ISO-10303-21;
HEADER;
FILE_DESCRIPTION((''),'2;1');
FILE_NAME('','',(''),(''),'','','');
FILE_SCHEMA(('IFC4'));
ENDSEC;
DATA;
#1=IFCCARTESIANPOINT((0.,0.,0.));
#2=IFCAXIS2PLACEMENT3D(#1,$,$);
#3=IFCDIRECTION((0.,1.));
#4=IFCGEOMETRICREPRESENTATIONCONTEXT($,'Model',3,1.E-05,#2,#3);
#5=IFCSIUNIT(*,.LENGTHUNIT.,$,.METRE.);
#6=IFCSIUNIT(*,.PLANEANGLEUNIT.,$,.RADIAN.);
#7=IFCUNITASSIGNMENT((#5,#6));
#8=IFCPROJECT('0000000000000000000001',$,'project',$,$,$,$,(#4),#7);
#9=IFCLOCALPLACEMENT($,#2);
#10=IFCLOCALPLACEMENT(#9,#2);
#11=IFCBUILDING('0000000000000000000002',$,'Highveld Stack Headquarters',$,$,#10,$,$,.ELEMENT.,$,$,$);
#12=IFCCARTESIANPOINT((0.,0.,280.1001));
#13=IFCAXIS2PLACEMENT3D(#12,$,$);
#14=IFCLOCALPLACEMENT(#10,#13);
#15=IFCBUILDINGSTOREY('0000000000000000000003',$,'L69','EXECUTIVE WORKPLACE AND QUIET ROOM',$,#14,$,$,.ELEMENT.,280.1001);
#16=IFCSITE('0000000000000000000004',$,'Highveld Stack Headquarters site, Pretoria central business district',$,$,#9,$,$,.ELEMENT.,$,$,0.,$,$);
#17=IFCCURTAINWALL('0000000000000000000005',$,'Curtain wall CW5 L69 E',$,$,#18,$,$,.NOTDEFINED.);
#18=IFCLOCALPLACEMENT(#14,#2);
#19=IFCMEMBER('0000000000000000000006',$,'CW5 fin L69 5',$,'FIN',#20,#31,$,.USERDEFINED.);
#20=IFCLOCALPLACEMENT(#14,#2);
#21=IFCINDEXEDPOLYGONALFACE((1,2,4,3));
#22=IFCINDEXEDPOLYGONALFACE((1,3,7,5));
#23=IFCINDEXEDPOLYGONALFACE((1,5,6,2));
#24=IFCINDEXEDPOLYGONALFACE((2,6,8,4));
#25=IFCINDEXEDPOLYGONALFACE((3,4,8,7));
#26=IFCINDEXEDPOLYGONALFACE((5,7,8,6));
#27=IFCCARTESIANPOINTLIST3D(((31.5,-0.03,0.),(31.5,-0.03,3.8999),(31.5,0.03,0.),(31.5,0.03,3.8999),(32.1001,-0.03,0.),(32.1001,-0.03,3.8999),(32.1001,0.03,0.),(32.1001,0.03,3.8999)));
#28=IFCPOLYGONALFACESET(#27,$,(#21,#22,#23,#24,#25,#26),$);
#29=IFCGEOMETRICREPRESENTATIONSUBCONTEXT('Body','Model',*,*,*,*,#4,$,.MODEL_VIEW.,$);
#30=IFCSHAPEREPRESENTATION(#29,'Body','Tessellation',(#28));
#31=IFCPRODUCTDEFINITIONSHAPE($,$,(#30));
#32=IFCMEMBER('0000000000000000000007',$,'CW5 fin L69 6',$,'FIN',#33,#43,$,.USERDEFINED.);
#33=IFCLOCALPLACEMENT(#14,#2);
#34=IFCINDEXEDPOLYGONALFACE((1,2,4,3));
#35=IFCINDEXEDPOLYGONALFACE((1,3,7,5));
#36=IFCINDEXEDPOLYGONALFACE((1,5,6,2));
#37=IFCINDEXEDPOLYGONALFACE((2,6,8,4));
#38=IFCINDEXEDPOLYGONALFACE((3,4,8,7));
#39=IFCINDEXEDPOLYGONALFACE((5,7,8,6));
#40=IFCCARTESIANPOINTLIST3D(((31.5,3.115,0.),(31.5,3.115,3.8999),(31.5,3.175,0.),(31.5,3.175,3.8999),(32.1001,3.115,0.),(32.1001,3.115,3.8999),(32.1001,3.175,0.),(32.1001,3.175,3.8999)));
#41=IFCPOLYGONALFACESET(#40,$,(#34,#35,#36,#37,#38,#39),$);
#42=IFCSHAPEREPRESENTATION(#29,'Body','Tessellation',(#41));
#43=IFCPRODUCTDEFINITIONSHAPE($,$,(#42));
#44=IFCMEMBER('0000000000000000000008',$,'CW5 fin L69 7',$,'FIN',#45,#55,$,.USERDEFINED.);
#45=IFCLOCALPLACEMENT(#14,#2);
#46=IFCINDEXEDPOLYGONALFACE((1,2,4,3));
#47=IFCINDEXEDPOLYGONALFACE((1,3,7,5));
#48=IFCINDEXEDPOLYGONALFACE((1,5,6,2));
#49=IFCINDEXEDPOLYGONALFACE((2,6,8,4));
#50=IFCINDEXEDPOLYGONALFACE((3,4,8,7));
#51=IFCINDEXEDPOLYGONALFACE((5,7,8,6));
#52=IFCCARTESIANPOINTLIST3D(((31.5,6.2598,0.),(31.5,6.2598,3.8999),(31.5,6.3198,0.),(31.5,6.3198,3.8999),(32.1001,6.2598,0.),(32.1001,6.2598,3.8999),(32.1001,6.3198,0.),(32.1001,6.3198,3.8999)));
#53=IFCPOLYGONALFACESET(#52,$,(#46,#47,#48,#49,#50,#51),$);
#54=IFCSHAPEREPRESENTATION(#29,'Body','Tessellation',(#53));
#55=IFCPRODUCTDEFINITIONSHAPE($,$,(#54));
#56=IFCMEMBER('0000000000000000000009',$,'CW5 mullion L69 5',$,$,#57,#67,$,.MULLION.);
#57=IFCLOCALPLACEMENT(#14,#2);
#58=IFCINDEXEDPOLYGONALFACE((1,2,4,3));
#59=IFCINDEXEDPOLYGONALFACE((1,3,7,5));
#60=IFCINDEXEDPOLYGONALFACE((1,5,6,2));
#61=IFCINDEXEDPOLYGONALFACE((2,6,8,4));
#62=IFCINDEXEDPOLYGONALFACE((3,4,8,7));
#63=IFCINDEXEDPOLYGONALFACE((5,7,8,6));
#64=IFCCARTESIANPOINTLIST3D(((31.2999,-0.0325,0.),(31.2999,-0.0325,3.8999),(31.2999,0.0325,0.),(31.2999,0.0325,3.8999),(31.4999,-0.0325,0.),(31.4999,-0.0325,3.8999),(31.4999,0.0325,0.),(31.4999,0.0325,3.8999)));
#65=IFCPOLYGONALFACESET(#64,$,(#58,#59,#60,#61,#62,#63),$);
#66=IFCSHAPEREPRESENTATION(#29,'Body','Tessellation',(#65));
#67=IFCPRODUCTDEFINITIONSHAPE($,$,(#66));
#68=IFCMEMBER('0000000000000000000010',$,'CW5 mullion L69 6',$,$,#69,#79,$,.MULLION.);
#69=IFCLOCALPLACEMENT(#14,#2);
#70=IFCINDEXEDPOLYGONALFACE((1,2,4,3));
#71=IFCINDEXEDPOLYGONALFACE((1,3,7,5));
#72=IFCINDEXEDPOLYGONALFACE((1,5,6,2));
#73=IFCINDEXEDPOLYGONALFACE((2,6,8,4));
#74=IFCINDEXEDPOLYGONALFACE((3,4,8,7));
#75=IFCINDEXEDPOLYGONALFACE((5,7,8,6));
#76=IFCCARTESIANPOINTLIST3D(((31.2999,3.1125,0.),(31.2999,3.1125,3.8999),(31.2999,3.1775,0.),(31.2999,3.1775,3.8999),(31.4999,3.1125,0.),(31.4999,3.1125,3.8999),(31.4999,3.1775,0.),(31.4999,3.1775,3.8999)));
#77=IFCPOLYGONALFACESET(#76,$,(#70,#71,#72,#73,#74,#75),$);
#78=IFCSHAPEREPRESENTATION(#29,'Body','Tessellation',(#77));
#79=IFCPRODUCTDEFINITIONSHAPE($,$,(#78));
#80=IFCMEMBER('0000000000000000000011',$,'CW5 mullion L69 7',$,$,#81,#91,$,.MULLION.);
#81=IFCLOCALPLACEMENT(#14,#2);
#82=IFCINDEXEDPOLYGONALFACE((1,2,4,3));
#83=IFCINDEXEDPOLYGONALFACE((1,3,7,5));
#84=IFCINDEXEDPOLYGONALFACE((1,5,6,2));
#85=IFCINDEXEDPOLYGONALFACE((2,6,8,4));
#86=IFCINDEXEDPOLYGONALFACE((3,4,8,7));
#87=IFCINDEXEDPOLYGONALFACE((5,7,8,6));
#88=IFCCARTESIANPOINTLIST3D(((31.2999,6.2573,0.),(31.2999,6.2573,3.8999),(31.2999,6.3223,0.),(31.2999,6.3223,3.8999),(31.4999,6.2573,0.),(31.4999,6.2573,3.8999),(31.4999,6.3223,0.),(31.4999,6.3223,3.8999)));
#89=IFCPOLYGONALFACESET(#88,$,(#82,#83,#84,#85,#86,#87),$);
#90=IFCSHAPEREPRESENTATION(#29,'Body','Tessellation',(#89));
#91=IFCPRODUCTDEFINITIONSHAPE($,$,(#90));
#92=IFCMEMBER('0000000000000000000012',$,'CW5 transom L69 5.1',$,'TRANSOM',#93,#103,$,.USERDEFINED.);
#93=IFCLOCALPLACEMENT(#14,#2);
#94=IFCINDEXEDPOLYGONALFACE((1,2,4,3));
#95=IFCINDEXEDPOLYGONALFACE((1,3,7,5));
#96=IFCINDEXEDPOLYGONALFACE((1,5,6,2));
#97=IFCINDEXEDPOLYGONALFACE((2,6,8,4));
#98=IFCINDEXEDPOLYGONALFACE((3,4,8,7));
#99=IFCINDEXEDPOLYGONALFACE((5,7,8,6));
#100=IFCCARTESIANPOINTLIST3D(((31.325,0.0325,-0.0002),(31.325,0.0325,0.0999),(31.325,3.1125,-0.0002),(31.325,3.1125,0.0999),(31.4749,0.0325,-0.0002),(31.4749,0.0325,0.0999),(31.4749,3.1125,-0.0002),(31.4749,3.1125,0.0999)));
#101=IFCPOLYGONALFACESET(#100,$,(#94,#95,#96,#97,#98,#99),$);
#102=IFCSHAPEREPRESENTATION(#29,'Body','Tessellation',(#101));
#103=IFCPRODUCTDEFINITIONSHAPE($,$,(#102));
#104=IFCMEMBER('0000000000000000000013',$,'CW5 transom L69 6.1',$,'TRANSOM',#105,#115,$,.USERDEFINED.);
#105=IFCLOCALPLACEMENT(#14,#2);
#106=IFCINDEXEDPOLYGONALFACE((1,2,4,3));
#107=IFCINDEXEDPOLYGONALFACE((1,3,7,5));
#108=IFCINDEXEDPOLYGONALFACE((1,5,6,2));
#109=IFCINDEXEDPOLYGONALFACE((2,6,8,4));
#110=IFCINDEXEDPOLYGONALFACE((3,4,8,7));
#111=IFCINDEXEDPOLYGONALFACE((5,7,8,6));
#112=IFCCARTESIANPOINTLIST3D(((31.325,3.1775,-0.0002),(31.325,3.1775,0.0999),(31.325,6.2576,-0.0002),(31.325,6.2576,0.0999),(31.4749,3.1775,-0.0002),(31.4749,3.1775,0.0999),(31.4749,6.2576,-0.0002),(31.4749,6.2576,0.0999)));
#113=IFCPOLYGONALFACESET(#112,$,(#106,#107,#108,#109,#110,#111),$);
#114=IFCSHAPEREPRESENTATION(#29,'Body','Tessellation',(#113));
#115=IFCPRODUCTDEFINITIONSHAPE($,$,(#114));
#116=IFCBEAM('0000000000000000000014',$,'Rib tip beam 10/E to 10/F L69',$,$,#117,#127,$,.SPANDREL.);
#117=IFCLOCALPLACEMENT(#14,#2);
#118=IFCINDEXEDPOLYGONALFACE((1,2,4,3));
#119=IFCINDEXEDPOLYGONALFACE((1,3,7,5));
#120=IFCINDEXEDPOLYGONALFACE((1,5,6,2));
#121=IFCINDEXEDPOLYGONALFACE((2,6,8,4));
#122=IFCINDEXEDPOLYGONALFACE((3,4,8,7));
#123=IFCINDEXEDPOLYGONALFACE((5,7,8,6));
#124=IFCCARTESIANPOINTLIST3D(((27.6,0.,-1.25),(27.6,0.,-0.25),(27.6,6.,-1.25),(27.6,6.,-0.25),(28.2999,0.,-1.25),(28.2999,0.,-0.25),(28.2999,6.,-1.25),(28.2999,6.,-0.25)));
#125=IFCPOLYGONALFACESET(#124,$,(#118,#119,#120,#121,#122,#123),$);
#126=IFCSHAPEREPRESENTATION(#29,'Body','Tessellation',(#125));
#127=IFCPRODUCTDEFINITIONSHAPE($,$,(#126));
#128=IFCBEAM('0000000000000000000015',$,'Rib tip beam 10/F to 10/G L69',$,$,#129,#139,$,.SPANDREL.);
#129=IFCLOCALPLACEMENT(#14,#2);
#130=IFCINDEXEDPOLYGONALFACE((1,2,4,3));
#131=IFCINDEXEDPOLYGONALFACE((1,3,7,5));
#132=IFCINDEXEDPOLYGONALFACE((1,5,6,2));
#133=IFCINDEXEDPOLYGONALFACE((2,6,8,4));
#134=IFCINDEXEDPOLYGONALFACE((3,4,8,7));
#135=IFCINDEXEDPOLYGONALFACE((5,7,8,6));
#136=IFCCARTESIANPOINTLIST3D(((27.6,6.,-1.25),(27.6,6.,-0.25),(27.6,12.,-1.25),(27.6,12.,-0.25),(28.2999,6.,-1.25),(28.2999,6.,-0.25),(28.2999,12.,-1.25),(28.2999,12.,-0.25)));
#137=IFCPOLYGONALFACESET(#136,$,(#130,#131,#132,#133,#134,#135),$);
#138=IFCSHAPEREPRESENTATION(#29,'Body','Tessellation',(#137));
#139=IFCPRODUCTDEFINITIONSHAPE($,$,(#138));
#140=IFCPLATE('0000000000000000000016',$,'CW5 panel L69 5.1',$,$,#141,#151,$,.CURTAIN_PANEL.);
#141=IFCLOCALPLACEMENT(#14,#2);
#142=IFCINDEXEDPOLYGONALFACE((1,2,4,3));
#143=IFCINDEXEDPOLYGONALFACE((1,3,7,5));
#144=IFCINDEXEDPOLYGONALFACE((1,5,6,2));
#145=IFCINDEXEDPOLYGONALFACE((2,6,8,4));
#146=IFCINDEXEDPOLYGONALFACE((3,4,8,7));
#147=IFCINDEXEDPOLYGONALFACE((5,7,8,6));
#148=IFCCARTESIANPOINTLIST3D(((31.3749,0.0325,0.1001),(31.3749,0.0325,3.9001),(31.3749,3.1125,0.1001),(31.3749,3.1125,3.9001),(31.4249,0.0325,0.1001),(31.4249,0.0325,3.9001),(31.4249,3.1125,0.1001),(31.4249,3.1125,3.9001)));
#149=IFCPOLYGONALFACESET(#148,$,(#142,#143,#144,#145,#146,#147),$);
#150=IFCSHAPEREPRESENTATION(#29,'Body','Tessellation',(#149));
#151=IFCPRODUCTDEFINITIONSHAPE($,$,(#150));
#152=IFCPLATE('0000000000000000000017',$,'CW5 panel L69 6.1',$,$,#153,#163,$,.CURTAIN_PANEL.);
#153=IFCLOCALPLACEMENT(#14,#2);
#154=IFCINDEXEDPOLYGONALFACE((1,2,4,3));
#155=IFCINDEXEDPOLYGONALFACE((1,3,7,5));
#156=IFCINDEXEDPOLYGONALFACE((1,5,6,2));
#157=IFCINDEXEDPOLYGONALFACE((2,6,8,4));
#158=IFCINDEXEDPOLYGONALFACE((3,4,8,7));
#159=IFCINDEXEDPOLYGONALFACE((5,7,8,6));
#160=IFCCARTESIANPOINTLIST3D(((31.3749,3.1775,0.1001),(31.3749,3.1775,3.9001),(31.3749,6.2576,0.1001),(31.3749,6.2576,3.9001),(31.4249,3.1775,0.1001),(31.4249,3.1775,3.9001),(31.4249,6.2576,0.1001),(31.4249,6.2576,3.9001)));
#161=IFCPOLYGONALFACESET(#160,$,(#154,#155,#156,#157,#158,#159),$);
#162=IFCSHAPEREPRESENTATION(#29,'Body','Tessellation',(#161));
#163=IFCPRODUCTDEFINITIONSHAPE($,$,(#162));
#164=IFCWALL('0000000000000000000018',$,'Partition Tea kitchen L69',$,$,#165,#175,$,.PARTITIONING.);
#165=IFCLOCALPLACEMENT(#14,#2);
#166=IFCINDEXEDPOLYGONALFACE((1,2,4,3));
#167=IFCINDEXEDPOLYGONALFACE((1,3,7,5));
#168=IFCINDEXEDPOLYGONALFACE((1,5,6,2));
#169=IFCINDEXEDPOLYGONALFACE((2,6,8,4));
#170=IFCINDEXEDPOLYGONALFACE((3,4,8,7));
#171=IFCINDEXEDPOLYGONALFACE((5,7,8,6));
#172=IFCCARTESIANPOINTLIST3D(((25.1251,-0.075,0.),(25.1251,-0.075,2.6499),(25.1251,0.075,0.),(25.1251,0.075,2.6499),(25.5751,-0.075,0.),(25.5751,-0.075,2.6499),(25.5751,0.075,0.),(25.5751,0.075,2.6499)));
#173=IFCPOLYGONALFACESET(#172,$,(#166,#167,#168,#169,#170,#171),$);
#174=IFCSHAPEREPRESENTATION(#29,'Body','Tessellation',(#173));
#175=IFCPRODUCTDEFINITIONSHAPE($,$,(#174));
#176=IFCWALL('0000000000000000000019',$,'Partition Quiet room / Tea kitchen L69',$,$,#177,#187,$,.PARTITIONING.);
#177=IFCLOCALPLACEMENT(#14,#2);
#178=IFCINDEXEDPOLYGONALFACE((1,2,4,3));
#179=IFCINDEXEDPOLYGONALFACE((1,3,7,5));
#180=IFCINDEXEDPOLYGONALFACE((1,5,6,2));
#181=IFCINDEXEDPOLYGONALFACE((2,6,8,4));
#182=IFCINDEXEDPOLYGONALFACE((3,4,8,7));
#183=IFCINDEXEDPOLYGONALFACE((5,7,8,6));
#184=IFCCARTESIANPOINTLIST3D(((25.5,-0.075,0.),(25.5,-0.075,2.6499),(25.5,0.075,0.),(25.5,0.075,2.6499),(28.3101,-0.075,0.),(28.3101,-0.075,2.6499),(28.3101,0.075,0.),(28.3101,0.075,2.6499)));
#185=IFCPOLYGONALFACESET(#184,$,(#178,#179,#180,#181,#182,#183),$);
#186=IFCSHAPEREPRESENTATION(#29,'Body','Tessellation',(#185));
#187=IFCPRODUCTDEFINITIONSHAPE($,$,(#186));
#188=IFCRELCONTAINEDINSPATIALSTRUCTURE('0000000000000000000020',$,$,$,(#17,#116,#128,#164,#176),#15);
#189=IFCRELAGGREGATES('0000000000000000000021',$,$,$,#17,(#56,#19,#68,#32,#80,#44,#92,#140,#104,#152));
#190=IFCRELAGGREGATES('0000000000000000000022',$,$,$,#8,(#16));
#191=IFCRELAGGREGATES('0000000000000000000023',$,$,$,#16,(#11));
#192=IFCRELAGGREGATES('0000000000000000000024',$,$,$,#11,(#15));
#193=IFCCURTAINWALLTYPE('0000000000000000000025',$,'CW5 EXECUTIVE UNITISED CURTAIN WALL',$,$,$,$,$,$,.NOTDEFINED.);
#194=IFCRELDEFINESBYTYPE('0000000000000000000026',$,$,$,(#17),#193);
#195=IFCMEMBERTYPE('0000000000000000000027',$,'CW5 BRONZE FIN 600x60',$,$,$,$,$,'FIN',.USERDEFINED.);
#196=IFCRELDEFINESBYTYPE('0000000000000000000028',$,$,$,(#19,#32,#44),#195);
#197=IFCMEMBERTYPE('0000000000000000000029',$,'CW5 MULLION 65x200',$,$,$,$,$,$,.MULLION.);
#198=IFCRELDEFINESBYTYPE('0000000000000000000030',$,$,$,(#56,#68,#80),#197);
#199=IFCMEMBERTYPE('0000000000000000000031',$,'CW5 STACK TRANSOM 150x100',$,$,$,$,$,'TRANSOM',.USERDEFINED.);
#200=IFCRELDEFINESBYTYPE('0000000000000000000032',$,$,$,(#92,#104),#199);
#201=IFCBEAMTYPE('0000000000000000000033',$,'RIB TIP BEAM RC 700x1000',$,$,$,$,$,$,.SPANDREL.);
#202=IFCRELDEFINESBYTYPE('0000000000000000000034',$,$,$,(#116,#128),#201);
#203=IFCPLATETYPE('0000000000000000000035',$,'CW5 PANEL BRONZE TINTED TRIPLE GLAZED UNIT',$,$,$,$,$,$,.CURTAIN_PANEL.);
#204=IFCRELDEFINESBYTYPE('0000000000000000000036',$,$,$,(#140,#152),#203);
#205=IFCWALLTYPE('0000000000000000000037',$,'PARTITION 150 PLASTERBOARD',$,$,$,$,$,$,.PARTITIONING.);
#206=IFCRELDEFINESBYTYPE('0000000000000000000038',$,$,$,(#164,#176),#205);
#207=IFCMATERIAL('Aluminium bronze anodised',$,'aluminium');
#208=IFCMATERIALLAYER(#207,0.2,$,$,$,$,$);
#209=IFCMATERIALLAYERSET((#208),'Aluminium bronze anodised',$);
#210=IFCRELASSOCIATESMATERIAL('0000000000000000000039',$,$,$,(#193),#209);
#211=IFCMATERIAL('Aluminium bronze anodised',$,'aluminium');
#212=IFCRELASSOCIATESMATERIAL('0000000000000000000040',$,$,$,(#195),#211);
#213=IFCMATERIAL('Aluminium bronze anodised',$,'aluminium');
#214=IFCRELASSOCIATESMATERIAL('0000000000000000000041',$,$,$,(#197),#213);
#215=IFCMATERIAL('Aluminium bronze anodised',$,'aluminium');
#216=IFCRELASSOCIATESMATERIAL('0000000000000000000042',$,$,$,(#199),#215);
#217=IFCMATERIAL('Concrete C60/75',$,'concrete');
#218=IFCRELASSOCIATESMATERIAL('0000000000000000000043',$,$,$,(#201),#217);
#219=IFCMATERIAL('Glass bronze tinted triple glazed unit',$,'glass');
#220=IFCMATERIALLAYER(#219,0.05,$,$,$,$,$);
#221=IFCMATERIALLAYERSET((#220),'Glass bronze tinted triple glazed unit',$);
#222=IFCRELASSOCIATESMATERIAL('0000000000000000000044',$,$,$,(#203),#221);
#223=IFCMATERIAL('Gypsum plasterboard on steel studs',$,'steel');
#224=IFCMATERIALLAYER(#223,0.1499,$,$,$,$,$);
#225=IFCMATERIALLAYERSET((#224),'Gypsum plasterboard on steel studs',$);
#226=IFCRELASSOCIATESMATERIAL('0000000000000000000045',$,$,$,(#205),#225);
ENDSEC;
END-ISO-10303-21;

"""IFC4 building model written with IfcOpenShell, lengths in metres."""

from ifc_helpers import new_model, si_unit, direction, frame, frame_2d, origin, origin_2d, place, context, subcontext, project, spatial, rectangle, extrude, material, layer, layer_set, material_profile, profile_set, type_object, element, aggregate, save


model = new_model("IFC4")

# Units and contexts
model_context = context("Model", 3, precision=1e-05, world=origin(), true_north=direction((0.0, 1.0)))
body_context = subcontext(model_context, "Body", "Model", "MODEL_VIEW")
ifc_project = project(units=[si_unit("LENGTHUNIT", "METRE"), si_unit("PLANEANGLEUNIT", "RADIAN")], contexts=[model_context])

# Site, building, storey
site_placement = place(None, origin())
site = spatial("IfcSite", under=ifc_project, at=site_placement, Name="Highveld Stack Headquarters site, Pretoria central business district", CompositionType="ELEMENT", RefElevation=0.0)
building_placement = place(site_placement, origin())
building = spatial("IfcBuilding", under=site, at=building_placement, Name="Highveld Stack Headquarters", CompositionType="ELEMENT")
storey_placement = place(building_placement, frame((0.0, 0.0, 280.1001)))
storey = spatial("IfcBuildingStorey", under=building, at=storey_placement, Name="L69", Description="EXECUTIVE WORKPLACE AND QUIET ROOM", CompositionType="ELEMENT", Elevation=280.1001)

# Curtain wall, members
ifc_material_1 = material(Name="Aluminium bronze anodised", Category="aluminium")
ifc_layer_1 = layer(ifc_material_1, 0.2)
ifc_layer_set_1 = layer_set([ifc_layer_1], Name="Aluminium bronze anodised")
curtain_wall_type = type_object("IfcCurtainWallType", Name="CW5 EXECUTIVE UNITISED CURTAIN WALL", PredefinedType="NOTDEFINED", material=ifc_layer_set_1)
curtain_wall_placement = place(storey_placement, origin())
curtain_wall = element("IfcCurtainWall", 1, at=curtain_wall_placement, inside=storey, type_object=curtain_wall_type, Name="Curtain wall CW5 L69 E", PredefinedType="NOTDEFINED")
ifc_material_2 = material(Name="Aluminium bronze anodised", Category="aluminium")
ifc_material_profile_1 = material_profile(ifc_material_2, rectangle(XDim=0.6001, YDim=0.0601, at=origin_2d()), Name="FIN 600x60")
ifc_profile_set_1 = profile_set([ifc_material_profile_1], Name="Aluminium bronze anodised")
member_type_1 = type_object("IfcMemberType", Name="CW5 BRONZE FIN 600x60", ElementType="FIN", PredefinedType="USERDEFINED", material=ifc_profile_set_1)
member_1_placement = place(storey_placement, frame((31.8, 0.0, 0.0), z_axis=(0.0, 0.0, 1.0), x_axis=(-1.0, 0.0, 0.0)))
member_1 = element("IfcMember", 2, at=member_1_placement, type_object=member_type_1, Name="CW5 fin L69 5", ObjectType="FIN", PredefinedType="USERDEFINED", context=body_context, shape_type="SweptSolid", body=[
    extrude(rectangle(XDim=0.6001, YDim=0.0601, at=origin_2d()), origin(), (0.0, 0.0, 1.0), 3.8999),
])
member_2_placement = place(storey_placement, frame((31.8, 3.145, 0.0), z_axis=(0.0, 0.0, 1.0), x_axis=(-1.0, 0.0, 0.0)))
member_2 = element("IfcMember", 3, at=member_2_placement, type_object=member_type_1, Name="CW5 fin L69 6", ObjectType="FIN", PredefinedType="USERDEFINED", context=body_context, shape_type="SweptSolid", body=[
    extrude(rectangle(XDim=0.6001, YDim=0.0601, at=origin_2d()), origin(), (0.0, 0.0, 1.0), 3.8999),
])
member_3_placement = place(storey_placement, frame((31.8, 6.2898, 0.0), z_axis=(0.0, 0.0, 1.0), x_axis=(-1.0, 0.0, 0.0)))
member_3 = element("IfcMember", 4, at=member_3_placement, type_object=member_type_1, Name="CW5 fin L69 7", ObjectType="FIN", PredefinedType="USERDEFINED", context=body_context, shape_type="SweptSolid", body=[
    extrude(rectangle(XDim=0.6001, YDim=0.0601, at=origin_2d()), origin(), (0.0, 0.0, 1.0), 3.8999),
])
ifc_material_3 = material(Name="Aluminium bronze anodised", Category="aluminium")
ifc_material_profile_2 = material_profile(ifc_material_3, rectangle(XDim=0.2, YDim=0.0649, at=origin_2d()), Name="CW5 MULLION 65x200")
ifc_profile_set_2 = profile_set([ifc_material_profile_2], Name="Aluminium bronze anodised")
member_type_2 = type_object("IfcMemberType", Name="CW5 MULLION 65x200", PredefinedType="MULLION", material=ifc_profile_set_2)
member_4_placement = place(storey_placement, frame((31.3999, 0.0, 0.0), z_axis=(0.0, 0.0, 1.0), x_axis=(-1.0, 0.0, 0.0)))
member_4 = element("IfcMember", 5, at=member_4_placement, type_object=member_type_2, Name="CW5 mullion L69 5", PredefinedType="MULLION", context=body_context, shape_type="SweptSolid", body=[
    extrude(rectangle(XDim=0.2, YDim=0.0649, at=origin_2d()), origin(), (0.0, 0.0, 1.0), 3.8999),
])
member_5_placement = place(storey_placement, frame((31.3999, 3.145, 0.0), z_axis=(0.0, 0.0, 1.0), x_axis=(-1.0, 0.0, 0.0)))
member_5 = element("IfcMember", 6, at=member_5_placement, type_object=member_type_2, Name="CW5 mullion L69 6", PredefinedType="MULLION", context=body_context, shape_type="SweptSolid", body=[
    extrude(rectangle(XDim=0.2, YDim=0.0649, at=origin_2d()), origin(), (0.0, 0.0, 1.0), 3.8999),
])
member_6_placement = place(storey_placement, frame((31.3999, 6.2898, 0.0), z_axis=(0.0, 0.0, 1.0), x_axis=(-1.0, 0.0, 0.0)))
member_6 = element("IfcMember", 7, at=member_6_placement, type_object=member_type_2, Name="CW5 mullion L69 7", PredefinedType="MULLION", context=body_context, shape_type="SweptSolid", body=[
    extrude(rectangle(XDim=0.2, YDim=0.0649, at=origin_2d()), origin(), (0.0, 0.0, 1.0), 3.8999),
])
ifc_material_4 = material(Name="Aluminium bronze anodised", Category="aluminium")
ifc_material_profile_3 = material_profile(ifc_material_4, rectangle(XDim=0.1499, YDim=0.1001, at=origin_2d()), Name="CW5 TRANSOM 150x100")
ifc_profile_set_3 = profile_set([ifc_material_profile_3], Name="Aluminium bronze anodised")
member_type_3 = type_object("IfcMemberType", Name="CW5 STACK TRANSOM 150x100", ElementType="TRANSOM", PredefinedType="USERDEFINED", material=ifc_profile_set_3)
member_7_placement = place(storey_placement, frame((31.3999, 0.0325, 0.0498), z_axis=(0.0, 1.0, 0.0), x_axis=(-1.0, 0.0, 0.0)))
member_7 = element("IfcMember", 8, at=member_7_placement, type_object=member_type_3, Name="CW5 transom L69 5.1", ObjectType="TRANSOM", PredefinedType="USERDEFINED", context=body_context, shape_type="SweptSolid", body=[
    extrude(rectangle(XDim=0.1499, YDim=0.1001, at=origin_2d()), origin(), (0.0, 0.0, 1.0), 3.0801),
])
member_8_placement = place(storey_placement, frame((31.3999, 3.1775, 0.0498), z_axis=(0.0, 1.0, 0.0), x_axis=(-1.0, 0.0, 0.0)))
member_8 = element("IfcMember", 9, at=member_8_placement, type_object=member_type_3, Name="CW5 transom L69 6.1", ObjectType="TRANSOM", PredefinedType="USERDEFINED", context=body_context, shape_type="SweptSolid", body=[
    extrude(rectangle(XDim=0.1499, YDim=0.1001, at=origin_2d()), origin(), (0.0, 0.0, 1.0), 3.0801),
])

# Beams
ifc_material_5 = material(Name="Concrete C60/75", Category="concrete")
ifc_material_profile_4 = material_profile(ifc_material_5, rectangle(XDim=0.7, YDim=1.0, at=origin_2d()), Name="RC 700x1000")
ifc_profile_set_4 = profile_set([ifc_material_profile_4], Name="Concrete C60/75")
beam_type = type_object("IfcBeamType", Name="RIB TIP BEAM RC 700x1000", PredefinedType="SPANDREL", material=ifc_profile_set_4)
for number, where, z_axis, x_axis, name in (
    (10, (27.95, 0.0, -0.75), (0.0, 1.0, 0.0), (-1.0, 0.0, 0.0), "Rib tip beam 10/E to 10/F L69"),
    (11, (27.95, 6.0, -0.75), (0.0, 1.0, 0.0), (-1.0, 0.0, 0.0), "Rib tip beam 10/F to 10/G L69"),
):
    element("IfcBeam", number, at=place(storey_placement, frame(where, z_axis=z_axis, x_axis=x_axis)), inside=storey, type_object=beam_type, Name=name, PredefinedType="SPANDREL", context=body_context, shape_type="SweptSolid", body=[
        extrude(rectangle(XDim=0.7, YDim=1.0, at=origin_2d()), origin(), (0.0, 0.0, 1.0), 6.0),
    ])

# Plates
ifc_material_6 = material(Name="Glass bronze tinted triple glazed unit", Category="glass")
ifc_layer_2 = layer(ifc_material_6, 0.05)
ifc_layer_set_2 = layer_set([ifc_layer_2], Name="Glass bronze tinted triple glazed unit")
plate_type = type_object("IfcPlateType", Name="CW5 PANEL BRONZE TINTED TRIPLE GLAZED UNIT", PredefinedType="CURTAIN_PANEL", material=ifc_layer_set_2)
plate_1_placement = place(storey_placement, frame((31.3999, 1.5725, 0.1001), z_axis=(0.0, 0.0, 1.0), x_axis=(0.0, 1.0, 0.0)))
plate_1 = element("IfcPlate", 12, at=plate_1_placement, type_object=plate_type, Name="CW5 panel L69 5.1", PredefinedType="CURTAIN_PANEL", context=body_context, shape_type="SweptSolid", body=[
    extrude(rectangle(XDim=3.0801, YDim=0.05, at=origin_2d()), origin(), (0.0, 0.0, 1.0), 3.8),
])
plate_2_placement = place(storey_placement, frame((31.3999, 4.7175, 0.1001), z_axis=(0.0, 0.0, 1.0), x_axis=(0.0, 1.0, 0.0)))
plate_2 = element("IfcPlate", 13, at=plate_2_placement, type_object=plate_type, Name="CW5 panel L69 6.1", PredefinedType="CURTAIN_PANEL", context=body_context, shape_type="SweptSolid", body=[
    extrude(rectangle(XDim=3.0801, YDim=0.05, at=origin_2d()), origin(), (0.0, 0.0, 1.0), 3.8),
])
aggregate(curtain_wall, [member_4, member_1, member_5, member_2, member_6, member_3, member_7, plate_1, member_8, plate_2])

# Walls
ifc_material_7 = material(Name="Gypsum plasterboard on steel studs", Category="steel")
ifc_layer_3 = layer(ifc_material_7, 0.1499)
ifc_layer_set_3 = layer_set([ifc_layer_3], Name="Gypsum plasterboard on steel studs")
wall_type = type_object("IfcWallType", Name="PARTITION 150 PLASTERBOARD", PredefinedType="PARTITIONING", material=ifc_layer_set_3)
wall_1_placement = place(storey_placement, frame((25.125, 0.0, 0.0), z_axis=(0.0, 0.0, 1.0), x_axis=(1.0, 0.0, 0.0)))
element("IfcWall", 14, at=wall_1_placement, inside=storey, type_object=wall_type, Name="Partition Tea kitchen L69", PredefinedType="PARTITIONING", context=body_context, shape_type="SweptSolid", body=[
    extrude(rectangle(XDim=0.45, YDim=0.1499, at=frame_2d((0.2251, 0.0))), origin(), (0.0, 0.0, 1.0), 2.6499),
])
wall_2_placement = place(storey_placement, frame((25.5, 0.0, 0.0), z_axis=(0.0, 0.0, 1.0), x_axis=(1.0, 0.0, 0.0)))
element("IfcWall", 15, at=wall_2_placement, inside=storey, type_object=wall_type, Name="Partition Quiet room / Tea kitchen L69", PredefinedType="PARTITIONING", context=body_context, shape_type="SweptSolid", body=[
    extrude(rectangle(XDim=2.8101, YDim=0.1499, at=frame_2d((1.405, 0.0))), origin(), (0.0, 0.0, 1.0), 2.6499),
])

save(model, "model.ifc")
